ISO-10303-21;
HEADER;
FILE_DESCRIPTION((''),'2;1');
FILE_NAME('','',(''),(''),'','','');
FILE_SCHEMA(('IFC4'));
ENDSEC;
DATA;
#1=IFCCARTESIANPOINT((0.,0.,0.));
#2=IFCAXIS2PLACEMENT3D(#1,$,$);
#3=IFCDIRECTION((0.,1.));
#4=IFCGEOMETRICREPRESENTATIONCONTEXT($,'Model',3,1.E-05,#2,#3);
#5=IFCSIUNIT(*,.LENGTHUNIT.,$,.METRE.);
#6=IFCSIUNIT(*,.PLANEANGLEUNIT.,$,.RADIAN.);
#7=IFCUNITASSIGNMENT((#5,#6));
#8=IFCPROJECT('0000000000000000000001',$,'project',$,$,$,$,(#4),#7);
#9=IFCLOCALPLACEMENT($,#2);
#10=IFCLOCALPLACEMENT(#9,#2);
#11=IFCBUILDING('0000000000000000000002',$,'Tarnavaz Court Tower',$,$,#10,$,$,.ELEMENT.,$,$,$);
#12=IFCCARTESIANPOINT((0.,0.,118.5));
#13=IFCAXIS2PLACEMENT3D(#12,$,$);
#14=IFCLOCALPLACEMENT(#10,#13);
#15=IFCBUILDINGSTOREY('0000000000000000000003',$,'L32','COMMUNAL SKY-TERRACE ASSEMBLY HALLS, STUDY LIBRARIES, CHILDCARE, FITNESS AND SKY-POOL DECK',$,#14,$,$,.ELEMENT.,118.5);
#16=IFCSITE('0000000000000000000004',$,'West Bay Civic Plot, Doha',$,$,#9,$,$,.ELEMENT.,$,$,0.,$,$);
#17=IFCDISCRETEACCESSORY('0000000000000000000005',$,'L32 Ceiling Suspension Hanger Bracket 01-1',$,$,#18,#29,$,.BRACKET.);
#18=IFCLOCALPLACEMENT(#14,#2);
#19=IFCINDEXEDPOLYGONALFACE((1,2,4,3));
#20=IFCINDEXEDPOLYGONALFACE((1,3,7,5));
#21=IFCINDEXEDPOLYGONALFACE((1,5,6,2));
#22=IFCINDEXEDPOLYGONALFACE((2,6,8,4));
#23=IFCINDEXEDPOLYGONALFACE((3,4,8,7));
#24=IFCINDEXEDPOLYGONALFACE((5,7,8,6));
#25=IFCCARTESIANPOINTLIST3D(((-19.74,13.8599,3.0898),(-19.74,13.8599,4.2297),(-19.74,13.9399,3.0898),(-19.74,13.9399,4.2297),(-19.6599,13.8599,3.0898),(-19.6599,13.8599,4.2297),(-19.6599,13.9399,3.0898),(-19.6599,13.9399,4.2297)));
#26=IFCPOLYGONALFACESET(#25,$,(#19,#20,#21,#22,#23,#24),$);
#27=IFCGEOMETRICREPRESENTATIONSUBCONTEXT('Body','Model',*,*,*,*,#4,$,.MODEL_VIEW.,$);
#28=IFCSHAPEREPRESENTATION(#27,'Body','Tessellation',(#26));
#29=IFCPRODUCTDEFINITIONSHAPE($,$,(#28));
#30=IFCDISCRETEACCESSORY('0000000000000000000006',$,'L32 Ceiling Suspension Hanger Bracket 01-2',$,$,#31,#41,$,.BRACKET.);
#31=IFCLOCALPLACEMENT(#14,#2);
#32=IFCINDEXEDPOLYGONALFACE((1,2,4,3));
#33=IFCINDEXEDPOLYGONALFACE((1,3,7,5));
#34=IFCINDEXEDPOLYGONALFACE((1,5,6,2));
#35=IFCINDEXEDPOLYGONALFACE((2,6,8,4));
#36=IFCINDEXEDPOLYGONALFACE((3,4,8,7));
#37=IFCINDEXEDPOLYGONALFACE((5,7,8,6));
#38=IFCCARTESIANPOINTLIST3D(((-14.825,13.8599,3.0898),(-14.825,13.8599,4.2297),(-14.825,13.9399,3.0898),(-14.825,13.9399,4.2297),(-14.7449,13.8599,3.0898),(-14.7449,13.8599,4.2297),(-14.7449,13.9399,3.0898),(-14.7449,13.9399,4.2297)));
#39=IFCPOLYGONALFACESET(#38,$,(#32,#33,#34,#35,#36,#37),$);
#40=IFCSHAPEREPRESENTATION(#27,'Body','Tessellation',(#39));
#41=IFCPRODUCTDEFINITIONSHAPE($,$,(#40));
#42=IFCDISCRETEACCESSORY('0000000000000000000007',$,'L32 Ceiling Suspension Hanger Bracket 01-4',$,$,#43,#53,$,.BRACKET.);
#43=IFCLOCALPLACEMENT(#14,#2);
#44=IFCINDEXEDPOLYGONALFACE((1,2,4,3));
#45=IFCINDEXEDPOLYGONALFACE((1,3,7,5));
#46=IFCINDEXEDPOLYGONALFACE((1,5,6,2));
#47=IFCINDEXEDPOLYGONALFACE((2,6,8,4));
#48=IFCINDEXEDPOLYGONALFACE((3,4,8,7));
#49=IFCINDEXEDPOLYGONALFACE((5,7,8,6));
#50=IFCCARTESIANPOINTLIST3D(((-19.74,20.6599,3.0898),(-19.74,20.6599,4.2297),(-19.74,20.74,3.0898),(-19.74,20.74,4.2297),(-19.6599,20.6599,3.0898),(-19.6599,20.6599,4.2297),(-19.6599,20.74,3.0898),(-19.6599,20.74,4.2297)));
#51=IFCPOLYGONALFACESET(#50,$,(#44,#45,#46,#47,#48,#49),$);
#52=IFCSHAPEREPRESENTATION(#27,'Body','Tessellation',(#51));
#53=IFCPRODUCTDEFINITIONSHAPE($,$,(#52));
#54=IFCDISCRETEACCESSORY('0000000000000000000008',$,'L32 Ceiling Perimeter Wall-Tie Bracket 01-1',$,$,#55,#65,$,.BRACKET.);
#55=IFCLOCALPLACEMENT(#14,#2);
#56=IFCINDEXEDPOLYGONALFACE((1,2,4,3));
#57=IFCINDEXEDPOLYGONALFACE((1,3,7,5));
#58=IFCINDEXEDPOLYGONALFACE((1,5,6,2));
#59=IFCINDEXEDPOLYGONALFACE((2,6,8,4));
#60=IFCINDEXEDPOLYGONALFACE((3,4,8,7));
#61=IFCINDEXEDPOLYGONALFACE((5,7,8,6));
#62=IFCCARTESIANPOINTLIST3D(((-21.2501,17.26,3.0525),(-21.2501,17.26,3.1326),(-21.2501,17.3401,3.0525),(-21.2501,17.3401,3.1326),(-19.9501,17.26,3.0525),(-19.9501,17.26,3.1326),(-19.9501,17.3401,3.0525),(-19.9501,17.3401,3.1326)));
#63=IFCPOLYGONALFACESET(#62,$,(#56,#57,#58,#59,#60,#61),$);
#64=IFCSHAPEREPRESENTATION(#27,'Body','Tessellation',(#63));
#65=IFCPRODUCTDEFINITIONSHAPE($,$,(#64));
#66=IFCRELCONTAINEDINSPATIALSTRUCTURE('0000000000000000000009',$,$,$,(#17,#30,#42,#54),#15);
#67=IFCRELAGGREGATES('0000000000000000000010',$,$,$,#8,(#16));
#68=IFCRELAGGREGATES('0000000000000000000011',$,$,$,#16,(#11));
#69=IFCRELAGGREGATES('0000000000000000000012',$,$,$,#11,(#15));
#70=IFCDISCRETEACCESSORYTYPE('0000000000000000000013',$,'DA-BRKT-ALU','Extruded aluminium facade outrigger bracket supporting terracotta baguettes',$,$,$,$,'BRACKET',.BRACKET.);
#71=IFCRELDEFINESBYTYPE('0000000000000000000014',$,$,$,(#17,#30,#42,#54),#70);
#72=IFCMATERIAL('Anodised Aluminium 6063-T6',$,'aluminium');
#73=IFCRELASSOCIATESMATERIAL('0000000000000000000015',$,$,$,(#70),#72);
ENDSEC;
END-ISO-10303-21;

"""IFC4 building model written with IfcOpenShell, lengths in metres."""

from ifc_helpers import new_model, si_unit, direction, frame, origin, origin_2d, place, context, subcontext, project, spatial, rectangle, extrude, material, type_object, element, save


model = new_model("IFC4")

# Units and contexts
model_context = context("Model", 3, precision=1e-05, world=origin(), true_north=direction((0.0, 1.0)))
body_context = subcontext(model_context, "Body", "Model", "MODEL_VIEW")
ifc_project = project(units=[si_unit("LENGTHUNIT", "METRE"), si_unit("PLANEANGLEUNIT", "RADIAN")], contexts=[model_context])

# Site, building, storey
site_placement = place(None, origin())
site = spatial("IfcSite", under=ifc_project, at=site_placement, Name="West Bay Civic Plot, Doha", CompositionType="ELEMENT", RefElevation=0.0)
building_placement = place(site_placement, origin())
building = spatial("IfcBuilding", under=site, at=building_placement, Name="Tarnavaz Court Tower", CompositionType="ELEMENT")
storey_placement = place(building_placement, frame((0.0, 0.0, 118.5)))
storey = spatial("IfcBuildingStorey", under=building, at=storey_placement, Name="L32", Description="COMMUNAL SKY-TERRACE ASSEMBLY HALLS, STUDY LIBRARIES, CHILDCARE, FITNESS AND SKY-POOL DECK", CompositionType="ELEMENT", Elevation=118.5)

# Discrete accessories
ifc_material_1 = material(Name="Anodised Aluminium 6063-T6", Category="aluminium")
discrete_accessory_type = type_object("IfcDiscreteAccessoryType", Name="DA-BRKT-ALU", Description="Extruded aluminium facade outrigger bracket supporting terracotta baguettes", ElementType="BRACKET", PredefinedType="BRACKET", material=ifc_material_1)
for number, where, z_axis, x_axis, name in (
    (1, (-19.7, 13.8999, 3.0898), (0.0, 0.0, 1.0), (1.0, 0.0, 0.0), "L32 Ceiling Suspension Hanger Bracket 01-1"),
    (2, (-14.7849, 13.8999, 3.0898), (0.0, 0.0, 1.0), (1.0, 0.0, 0.0), "L32 Ceiling Suspension Hanger Bracket 01-2"),
    (3, (-19.7, 20.7, 3.0898), (0.0, 0.0, 1.0), (1.0, 0.0, 0.0), "L32 Ceiling Suspension Hanger Bracket 01-4"),
):
    element("IfcDiscreteAccessory", number, at=place(storey_placement, frame(where, z_axis=z_axis, x_axis=x_axis)), inside=storey, type_object=discrete_accessory_type, Name=name, PredefinedType="BRACKET", context=body_context, shape_type="SweptSolid", body=[
        extrude(rectangle(XDim=0.0801, YDim=0.0801, at=origin_2d()), origin(), (0.0, 0.0, 1.0), 1.1399),
    ])
discrete_accessory_placement = place(storey_placement, frame((-20.6001, 17.3, 3.0525), z_axis=(0.0, 0.0, 1.0), x_axis=(1.0, 0.0, 0.0)))
element("IfcDiscreteAccessory", 4, at=discrete_accessory_placement, inside=storey, type_object=discrete_accessory_type, Name="L32 Ceiling Perimeter Wall-Tie Bracket 01-1", PredefinedType="BRACKET", context=body_context, shape_type="SweptSolid", body=[
    extrude(rectangle(XDim=1.3, YDim=0.0801, at=origin_2d()), origin(), (0.0, 0.0, 1.0), 0.0801),
])

save(model, "model.ifc")
